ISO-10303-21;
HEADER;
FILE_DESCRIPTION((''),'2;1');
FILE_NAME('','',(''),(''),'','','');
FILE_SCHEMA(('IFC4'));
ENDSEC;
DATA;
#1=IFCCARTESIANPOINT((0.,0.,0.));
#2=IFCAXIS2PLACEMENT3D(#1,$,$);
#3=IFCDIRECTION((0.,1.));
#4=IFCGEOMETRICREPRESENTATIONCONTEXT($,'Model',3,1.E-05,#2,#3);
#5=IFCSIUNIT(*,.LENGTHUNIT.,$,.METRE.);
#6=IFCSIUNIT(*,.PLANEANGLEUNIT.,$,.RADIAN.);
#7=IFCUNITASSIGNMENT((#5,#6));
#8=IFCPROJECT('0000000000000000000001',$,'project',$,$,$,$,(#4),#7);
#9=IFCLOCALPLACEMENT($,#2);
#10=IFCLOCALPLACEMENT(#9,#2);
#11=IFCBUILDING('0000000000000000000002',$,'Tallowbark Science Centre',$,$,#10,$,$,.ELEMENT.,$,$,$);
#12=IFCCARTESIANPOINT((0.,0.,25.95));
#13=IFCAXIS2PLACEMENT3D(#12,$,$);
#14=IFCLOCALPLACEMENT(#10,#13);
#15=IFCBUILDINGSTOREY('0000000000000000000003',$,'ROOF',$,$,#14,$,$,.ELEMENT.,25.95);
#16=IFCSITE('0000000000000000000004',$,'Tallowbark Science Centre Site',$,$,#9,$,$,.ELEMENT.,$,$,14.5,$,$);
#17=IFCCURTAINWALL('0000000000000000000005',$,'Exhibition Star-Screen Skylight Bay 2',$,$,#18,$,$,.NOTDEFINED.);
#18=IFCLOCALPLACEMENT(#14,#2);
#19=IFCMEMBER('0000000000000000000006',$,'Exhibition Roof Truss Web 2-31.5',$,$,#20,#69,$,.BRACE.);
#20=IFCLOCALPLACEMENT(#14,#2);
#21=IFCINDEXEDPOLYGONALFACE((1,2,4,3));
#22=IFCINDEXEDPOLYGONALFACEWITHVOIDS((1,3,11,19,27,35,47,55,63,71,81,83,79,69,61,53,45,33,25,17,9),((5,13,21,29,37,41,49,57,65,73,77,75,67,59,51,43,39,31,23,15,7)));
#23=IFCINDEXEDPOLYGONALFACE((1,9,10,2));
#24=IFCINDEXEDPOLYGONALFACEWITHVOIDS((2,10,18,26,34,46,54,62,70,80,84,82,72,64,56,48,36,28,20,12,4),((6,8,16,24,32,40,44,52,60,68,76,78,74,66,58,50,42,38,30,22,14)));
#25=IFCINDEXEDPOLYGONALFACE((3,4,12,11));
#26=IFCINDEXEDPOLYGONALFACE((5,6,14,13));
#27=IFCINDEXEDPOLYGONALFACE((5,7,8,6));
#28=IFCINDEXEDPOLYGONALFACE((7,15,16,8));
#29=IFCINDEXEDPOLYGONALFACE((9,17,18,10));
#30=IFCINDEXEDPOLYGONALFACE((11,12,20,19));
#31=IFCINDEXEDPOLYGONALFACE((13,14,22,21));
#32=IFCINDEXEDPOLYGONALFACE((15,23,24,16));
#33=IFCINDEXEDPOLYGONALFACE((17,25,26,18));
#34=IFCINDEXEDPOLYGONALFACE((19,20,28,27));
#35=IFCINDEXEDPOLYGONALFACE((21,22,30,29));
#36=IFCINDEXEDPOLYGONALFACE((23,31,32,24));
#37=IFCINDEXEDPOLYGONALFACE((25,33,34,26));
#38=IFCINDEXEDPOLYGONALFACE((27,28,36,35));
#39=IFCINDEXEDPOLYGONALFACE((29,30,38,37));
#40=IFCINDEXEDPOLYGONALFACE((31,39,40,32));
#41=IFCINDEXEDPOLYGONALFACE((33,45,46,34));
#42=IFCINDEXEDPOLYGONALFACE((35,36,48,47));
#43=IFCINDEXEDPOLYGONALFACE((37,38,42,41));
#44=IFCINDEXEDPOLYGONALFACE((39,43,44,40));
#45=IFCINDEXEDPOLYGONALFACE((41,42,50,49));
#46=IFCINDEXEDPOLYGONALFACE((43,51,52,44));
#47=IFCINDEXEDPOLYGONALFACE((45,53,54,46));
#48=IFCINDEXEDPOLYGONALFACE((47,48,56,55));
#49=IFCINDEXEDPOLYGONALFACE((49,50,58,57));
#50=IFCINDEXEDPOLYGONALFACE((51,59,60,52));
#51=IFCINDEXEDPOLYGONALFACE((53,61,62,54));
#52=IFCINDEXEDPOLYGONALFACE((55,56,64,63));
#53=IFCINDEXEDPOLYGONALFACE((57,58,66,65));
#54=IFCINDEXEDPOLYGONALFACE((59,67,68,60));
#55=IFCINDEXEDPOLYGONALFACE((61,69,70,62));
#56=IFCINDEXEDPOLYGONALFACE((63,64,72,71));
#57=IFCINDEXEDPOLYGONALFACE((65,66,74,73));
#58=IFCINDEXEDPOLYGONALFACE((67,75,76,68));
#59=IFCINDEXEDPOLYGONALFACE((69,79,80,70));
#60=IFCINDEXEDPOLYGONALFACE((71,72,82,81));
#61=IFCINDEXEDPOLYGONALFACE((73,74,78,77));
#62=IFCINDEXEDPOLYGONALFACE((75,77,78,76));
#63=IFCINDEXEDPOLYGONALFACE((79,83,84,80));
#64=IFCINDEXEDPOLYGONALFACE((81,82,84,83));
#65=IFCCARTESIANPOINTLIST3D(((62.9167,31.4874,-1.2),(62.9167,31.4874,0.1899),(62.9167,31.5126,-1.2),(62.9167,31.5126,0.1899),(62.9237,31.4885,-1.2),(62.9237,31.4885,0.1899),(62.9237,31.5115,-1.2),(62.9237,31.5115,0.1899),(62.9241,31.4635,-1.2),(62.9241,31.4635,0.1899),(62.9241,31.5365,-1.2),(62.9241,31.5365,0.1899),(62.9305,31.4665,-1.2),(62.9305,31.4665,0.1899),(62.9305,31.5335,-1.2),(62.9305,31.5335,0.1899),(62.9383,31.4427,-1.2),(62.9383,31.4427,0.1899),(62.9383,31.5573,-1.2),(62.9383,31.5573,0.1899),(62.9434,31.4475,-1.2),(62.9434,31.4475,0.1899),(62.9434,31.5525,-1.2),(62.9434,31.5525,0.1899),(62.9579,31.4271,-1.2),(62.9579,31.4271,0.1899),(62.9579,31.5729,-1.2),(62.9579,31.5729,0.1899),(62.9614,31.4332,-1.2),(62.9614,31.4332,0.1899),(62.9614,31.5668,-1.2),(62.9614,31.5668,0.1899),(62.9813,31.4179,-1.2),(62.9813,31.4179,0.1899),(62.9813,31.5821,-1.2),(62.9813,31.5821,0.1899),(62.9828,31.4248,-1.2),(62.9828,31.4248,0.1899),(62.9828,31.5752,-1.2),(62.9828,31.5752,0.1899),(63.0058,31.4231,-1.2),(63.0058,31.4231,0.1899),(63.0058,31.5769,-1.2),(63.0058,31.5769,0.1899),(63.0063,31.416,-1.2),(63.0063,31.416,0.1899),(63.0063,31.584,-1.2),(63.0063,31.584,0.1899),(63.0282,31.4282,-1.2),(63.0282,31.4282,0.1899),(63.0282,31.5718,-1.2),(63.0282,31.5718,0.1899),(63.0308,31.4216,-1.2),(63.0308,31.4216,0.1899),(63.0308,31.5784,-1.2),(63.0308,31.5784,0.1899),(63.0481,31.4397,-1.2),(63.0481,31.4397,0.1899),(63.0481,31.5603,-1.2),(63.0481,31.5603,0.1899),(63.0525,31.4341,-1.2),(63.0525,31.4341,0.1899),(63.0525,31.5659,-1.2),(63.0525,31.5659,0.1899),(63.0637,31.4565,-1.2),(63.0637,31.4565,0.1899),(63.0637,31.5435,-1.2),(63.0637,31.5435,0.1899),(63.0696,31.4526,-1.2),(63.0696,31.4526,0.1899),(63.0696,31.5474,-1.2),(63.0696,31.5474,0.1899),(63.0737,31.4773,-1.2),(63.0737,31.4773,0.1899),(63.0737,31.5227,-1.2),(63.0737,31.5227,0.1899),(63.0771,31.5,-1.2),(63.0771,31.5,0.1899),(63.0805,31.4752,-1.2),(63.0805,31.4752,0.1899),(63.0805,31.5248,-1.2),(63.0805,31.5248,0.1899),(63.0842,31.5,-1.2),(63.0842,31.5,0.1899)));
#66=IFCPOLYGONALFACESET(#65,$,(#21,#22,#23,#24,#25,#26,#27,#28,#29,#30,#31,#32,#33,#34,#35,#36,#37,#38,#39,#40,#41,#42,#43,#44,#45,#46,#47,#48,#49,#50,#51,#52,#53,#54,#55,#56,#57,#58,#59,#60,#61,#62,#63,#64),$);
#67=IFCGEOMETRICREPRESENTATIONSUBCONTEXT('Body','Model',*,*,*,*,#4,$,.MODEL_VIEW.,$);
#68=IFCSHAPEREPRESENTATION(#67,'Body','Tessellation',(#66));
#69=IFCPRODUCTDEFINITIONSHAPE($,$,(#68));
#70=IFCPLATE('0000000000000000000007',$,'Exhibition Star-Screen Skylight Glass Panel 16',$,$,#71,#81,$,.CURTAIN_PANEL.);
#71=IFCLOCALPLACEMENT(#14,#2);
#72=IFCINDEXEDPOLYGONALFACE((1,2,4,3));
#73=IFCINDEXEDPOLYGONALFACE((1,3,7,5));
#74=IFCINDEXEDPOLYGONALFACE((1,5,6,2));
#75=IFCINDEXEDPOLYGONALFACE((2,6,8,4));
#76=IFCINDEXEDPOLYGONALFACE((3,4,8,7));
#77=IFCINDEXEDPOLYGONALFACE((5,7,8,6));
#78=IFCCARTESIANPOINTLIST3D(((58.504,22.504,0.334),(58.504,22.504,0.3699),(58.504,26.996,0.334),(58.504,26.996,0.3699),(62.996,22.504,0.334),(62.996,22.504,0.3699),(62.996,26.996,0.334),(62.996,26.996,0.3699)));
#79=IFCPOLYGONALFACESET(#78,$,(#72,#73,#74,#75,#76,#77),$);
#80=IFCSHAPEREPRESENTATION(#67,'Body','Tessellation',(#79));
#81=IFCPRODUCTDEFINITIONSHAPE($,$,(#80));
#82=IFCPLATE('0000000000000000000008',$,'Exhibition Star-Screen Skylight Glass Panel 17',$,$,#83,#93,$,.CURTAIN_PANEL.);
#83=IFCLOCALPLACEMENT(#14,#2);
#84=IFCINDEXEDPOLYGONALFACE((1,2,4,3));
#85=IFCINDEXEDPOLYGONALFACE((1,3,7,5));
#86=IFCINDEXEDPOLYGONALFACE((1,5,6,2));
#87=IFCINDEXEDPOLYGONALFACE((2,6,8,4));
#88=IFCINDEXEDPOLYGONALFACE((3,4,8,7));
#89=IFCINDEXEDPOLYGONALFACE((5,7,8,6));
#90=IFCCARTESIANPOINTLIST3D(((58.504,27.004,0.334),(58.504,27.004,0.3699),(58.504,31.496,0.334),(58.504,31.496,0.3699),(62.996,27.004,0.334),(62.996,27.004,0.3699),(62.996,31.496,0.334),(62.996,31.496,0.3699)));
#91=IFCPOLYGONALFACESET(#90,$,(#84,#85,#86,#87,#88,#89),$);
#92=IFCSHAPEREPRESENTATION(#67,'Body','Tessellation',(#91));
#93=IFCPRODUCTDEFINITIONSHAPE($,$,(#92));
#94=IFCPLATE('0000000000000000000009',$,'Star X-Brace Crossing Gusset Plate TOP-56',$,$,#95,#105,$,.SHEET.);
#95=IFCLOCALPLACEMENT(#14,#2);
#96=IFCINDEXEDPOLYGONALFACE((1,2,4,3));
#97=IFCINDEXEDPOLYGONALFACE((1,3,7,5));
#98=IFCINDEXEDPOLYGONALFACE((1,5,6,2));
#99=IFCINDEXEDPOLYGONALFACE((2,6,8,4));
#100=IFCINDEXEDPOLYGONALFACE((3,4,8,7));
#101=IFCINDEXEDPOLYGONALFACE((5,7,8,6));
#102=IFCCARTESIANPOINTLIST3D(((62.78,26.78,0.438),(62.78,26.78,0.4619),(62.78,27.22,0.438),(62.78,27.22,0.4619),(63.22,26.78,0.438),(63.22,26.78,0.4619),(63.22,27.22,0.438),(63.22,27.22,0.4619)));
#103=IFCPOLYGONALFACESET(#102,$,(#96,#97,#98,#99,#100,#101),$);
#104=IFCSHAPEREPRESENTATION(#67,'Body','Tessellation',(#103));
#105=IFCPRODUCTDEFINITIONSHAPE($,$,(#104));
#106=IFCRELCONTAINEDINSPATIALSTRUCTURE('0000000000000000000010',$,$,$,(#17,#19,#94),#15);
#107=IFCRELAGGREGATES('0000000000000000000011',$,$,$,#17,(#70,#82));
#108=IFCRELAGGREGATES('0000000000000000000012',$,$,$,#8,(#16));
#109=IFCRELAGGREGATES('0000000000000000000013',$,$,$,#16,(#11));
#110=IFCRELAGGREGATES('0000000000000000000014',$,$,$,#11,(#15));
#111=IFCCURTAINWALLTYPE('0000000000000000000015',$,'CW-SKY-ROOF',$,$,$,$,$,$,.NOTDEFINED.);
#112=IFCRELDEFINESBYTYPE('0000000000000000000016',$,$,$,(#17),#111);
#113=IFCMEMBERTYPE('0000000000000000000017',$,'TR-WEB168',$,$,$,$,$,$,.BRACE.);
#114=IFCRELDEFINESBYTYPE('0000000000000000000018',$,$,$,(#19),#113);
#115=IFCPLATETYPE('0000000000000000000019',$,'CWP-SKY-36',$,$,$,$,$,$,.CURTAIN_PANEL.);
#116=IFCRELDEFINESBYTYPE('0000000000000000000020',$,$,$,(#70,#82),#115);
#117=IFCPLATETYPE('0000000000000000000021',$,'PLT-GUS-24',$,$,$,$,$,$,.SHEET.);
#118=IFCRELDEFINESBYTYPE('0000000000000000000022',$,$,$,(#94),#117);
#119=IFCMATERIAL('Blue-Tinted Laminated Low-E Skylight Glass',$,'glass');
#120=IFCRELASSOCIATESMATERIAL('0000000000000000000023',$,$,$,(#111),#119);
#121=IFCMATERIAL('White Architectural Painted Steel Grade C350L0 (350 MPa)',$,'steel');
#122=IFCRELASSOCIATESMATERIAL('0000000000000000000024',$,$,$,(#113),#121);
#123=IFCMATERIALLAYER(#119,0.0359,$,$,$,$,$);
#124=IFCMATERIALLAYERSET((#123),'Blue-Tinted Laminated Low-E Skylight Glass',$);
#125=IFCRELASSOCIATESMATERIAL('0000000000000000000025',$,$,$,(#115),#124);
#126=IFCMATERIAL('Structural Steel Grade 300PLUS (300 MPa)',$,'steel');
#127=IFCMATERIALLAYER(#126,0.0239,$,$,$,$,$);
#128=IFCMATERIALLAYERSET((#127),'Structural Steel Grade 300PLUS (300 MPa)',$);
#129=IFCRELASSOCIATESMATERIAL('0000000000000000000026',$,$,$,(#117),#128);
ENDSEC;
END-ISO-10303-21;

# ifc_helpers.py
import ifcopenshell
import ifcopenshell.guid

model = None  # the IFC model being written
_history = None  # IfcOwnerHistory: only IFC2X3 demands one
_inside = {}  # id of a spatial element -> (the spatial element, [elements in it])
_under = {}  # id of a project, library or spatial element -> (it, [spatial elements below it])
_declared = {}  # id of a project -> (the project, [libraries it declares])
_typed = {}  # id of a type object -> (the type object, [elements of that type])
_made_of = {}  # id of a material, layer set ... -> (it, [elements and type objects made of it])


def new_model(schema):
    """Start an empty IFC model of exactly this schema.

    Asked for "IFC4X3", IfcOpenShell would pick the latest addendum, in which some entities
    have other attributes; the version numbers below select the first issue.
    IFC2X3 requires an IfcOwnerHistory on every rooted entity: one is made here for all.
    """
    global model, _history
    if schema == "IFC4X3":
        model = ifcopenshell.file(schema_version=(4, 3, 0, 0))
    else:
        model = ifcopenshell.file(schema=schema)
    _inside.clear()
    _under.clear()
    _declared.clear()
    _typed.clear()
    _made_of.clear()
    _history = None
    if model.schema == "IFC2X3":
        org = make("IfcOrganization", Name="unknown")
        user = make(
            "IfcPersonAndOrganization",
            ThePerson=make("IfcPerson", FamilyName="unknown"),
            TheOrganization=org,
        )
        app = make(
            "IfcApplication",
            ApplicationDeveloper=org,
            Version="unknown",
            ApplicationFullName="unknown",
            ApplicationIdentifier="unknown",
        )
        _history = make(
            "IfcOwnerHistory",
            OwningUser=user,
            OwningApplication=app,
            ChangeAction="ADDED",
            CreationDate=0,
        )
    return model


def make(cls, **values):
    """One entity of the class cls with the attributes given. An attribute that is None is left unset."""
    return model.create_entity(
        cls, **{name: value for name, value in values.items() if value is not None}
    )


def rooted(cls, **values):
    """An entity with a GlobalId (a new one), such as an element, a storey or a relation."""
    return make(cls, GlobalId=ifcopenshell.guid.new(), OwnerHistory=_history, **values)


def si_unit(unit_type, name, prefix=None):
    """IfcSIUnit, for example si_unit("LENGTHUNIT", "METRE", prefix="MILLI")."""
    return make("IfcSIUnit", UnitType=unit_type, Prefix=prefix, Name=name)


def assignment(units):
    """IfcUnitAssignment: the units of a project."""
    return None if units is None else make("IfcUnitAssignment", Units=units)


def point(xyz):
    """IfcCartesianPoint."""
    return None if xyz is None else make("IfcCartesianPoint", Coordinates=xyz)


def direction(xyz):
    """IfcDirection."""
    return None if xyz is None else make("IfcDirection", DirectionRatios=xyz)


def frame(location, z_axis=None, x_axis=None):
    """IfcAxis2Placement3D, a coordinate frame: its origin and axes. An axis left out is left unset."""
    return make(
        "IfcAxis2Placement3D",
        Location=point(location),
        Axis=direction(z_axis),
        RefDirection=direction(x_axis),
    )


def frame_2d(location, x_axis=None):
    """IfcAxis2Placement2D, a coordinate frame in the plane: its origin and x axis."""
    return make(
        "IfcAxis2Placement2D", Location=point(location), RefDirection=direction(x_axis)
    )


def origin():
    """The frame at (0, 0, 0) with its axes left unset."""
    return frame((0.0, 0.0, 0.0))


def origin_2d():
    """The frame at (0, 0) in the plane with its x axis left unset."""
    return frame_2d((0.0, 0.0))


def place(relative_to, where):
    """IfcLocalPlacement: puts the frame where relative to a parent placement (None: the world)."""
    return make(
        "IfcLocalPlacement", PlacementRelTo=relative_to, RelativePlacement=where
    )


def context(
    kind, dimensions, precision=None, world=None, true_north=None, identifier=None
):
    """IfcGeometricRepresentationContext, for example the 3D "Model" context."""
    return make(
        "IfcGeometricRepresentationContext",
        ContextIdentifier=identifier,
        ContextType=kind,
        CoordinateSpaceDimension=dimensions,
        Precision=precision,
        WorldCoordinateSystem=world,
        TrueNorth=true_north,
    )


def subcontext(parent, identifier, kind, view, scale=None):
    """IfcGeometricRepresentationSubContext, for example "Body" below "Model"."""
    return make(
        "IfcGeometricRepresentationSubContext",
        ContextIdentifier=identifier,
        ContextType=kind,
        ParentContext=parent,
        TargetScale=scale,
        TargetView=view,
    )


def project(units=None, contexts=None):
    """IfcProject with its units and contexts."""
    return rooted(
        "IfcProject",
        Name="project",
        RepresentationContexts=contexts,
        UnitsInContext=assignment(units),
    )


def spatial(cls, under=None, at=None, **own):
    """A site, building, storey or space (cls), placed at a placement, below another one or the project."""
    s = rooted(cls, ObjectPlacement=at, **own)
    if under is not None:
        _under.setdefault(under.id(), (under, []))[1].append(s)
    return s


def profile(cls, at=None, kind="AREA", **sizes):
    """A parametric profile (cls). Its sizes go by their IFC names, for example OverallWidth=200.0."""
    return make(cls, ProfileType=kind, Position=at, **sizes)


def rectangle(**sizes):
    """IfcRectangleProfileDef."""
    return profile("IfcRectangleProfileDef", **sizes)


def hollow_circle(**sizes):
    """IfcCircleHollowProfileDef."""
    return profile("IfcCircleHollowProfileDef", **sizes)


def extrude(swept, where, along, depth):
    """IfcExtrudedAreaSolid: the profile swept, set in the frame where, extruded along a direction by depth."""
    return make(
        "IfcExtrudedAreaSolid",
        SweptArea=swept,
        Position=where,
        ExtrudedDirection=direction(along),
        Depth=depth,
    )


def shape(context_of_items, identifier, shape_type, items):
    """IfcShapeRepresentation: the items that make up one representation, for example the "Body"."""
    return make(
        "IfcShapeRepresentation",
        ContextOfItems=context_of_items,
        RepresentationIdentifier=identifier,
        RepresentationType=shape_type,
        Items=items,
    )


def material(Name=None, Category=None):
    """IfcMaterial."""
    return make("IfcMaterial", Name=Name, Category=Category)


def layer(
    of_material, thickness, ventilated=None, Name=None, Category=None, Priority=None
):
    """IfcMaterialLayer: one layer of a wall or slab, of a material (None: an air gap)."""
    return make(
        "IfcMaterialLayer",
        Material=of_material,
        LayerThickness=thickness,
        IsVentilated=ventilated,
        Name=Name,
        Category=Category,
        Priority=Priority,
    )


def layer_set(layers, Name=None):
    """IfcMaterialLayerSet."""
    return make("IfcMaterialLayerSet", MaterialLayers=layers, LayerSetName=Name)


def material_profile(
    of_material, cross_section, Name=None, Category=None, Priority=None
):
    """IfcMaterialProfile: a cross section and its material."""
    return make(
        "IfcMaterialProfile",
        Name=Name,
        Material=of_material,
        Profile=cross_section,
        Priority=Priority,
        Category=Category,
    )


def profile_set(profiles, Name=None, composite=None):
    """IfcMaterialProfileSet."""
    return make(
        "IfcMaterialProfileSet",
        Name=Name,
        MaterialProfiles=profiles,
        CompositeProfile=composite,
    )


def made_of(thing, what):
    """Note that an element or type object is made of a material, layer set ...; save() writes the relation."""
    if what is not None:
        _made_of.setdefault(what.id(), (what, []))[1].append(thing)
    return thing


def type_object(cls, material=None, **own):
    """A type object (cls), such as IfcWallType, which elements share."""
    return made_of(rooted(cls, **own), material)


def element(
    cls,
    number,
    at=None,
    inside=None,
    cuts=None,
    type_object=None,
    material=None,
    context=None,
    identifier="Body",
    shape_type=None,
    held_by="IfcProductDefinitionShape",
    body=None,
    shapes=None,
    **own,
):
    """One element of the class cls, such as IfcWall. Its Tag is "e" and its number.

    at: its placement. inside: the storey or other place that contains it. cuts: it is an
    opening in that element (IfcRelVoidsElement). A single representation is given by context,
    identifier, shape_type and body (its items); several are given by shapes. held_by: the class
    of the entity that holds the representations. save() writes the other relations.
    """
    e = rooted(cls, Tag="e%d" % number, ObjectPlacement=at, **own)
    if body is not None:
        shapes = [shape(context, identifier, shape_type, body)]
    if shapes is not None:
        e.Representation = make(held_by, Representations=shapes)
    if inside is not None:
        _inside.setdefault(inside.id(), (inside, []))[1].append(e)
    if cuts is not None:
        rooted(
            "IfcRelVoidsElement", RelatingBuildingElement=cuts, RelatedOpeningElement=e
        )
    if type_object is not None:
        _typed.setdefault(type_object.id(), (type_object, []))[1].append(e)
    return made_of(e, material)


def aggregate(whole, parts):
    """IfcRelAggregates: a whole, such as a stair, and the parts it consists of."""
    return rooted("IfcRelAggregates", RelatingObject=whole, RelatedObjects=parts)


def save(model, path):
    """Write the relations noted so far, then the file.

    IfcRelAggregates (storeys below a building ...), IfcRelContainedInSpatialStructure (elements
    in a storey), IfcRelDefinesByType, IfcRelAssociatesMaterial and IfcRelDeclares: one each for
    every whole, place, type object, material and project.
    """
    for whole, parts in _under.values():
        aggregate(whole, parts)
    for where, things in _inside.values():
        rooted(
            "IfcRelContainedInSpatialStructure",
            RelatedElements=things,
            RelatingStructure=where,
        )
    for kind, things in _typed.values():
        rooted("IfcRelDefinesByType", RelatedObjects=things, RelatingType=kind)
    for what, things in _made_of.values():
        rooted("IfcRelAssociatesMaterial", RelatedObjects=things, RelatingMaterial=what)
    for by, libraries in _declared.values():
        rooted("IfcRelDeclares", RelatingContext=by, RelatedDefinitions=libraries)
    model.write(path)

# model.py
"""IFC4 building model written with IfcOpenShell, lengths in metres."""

from ifc_helpers import new_model, si_unit, direction, frame, origin, origin_2d, place, context, subcontext, project, spatial, rectangle, hollow_circle, extrude, material, layer, layer_set, material_profile, profile_set, type_object, element, aggregate, save


model = new_model("IFC4")

# Units and contexts
model_context = context("Model", 3, precision=1e-05, world=origin(), true_north=direction((0.0, 1.0)))
body_context = subcontext(model_context, "Body", "Model", "MODEL_VIEW")
ifc_project = project(units=[si_unit("LENGTHUNIT", "METRE"), si_unit("PLANEANGLEUNIT", "RADIAN")], contexts=[model_context])

# Site, building, storey
site_placement = place(None, origin())
site = spatial("IfcSite", under=ifc_project, at=site_placement, Name="Tallowbark Science Centre Site", CompositionType="ELEMENT", RefElevation=14.5)
building_placement = place(site_placement, origin())
building = spatial("IfcBuilding", under=site, at=building_placement, Name="Tallowbark Science Centre", CompositionType="ELEMENT")
storey_placement = place(building_placement, frame((0.0, 0.0, 25.95)))
storey = spatial("IfcBuildingStorey", under=building, at=storey_placement, Name="ROOF", CompositionType="ELEMENT", Elevation=25.95)

# Shared definitions
ifc_material_1 = material(Name="White Architectural Painted Steel Grade C350L0 (350 MPa)", Category="steel")

# Curtain wall
ifc_material_2 = material(Name="Blue-Tinted Laminated Low-E Skylight Glass", Category="glass")
curtain_wall_type = type_object("IfcCurtainWallType", Name="CW-SKY-ROOF", PredefinedType="NOTDEFINED", material=ifc_material_2)
curtain_wall_1_placement = place(storey_placement, origin())
curtain_wall_1 = element("IfcCurtainWall", 1, at=curtain_wall_1_placement, inside=storey, type_object=curtain_wall_type, Name="Exhibition Star-Screen Skylight Bay 2", PredefinedType="NOTDEFINED")

# Member
ifc_material_profile_1 = material_profile(ifc_material_1, hollow_circle(Radius=0.0842, WallThickness=0.0071, at=origin_2d()), Name="168.3x7.1CHS")
ifc_profile_set_1 = profile_set([ifc_material_profile_1], Name="White Architectural Painted Steel Grade C350L0 (350 MPa)")
member_type_1 = type_object("IfcMemberType", Name="TR-WEB168", PredefinedType="BRACE", material=ifc_profile_set_1)
for number, where, z_axis, x_axis, name in (
    (2, (63.0, 31.5, -1.2), (0.0, 0.0, 1.0), (1.0, 0.0, 0.0), "Exhibition Roof Truss Web 2-31.5"),
):
    element("IfcMember", number, at=place(storey_placement, frame(where, z_axis=z_axis, x_axis=x_axis)), inside=storey, type_object=member_type_1, Name=name, PredefinedType="BRACE", context=body_context, shape_type="SweptSolid", body=[
        extrude(hollow_circle(Radius=0.0842, WallThickness=0.0071, at=origin_2d()), origin(), (0.0, 0.0, 1.0), 1.3899),
    ])

# Plates
ifc_layer_1 = layer(ifc_material_2, 0.0359)
ifc_layer_set_1 = layer_set([ifc_layer_1], Name="Blue-Tinted Laminated Low-E Skylight Glass")
plate_type_1 = type_object("IfcPlateType", Name="CWP-SKY-36", PredefinedType="CURTAIN_PANEL", material=ifc_layer_set_1)
plate_1_placement = place(storey_placement, frame((60.75, 24.75, 0.334), z_axis=(0.0, 0.0, 1.0), x_axis=(1.0, 0.0, 0.0)))
plate_1 = element("IfcPlate", 3, at=plate_1_placement, type_object=plate_type_1, Name="Exhibition Star-Screen Skylight Glass Panel 16", PredefinedType="CURTAIN_PANEL", context=body_context, shape_type="SweptSolid", body=[
    extrude(rectangle(XDim=4.4919, YDim=4.4919, at=origin_2d()), origin(), (0.0, 0.0, 1.0), 0.0359),
])
plate_2_placement = place(storey_placement, frame((60.75, 29.25, 0.334), z_axis=(0.0, 0.0, 1.0), x_axis=(1.0, 0.0, 0.0)))
plate_2 = element("IfcPlate", 4, at=plate_2_placement, type_object=plate_type_1, Name="Exhibition Star-Screen Skylight Glass Panel 17", PredefinedType="CURTAIN_PANEL", context=body_context, shape_type="SweptSolid", body=[
    extrude(rectangle(XDim=4.4919, YDim=4.4919, at=origin_2d()), origin(), (0.0, 0.0, 1.0), 0.0359),
])
aggregate(curtain_wall_1, [plate_1, plate_2])
ifc_material_3 = material(Name="Structural Steel Grade 300PLUS (300 MPa)", Category="steel")
ifc_layer_2 = layer(ifc_material_3, 0.0239)
ifc_layer_set_2 = layer_set([ifc_layer_2], Name="Structural Steel Grade 300PLUS (300 MPa)")
plate_type_2 = type_object("IfcPlateType", Name="PLT-GUS-24", PredefinedType="SHEET", material=ifc_layer_set_2)
plate_3_placement = place(storey_placement, frame((63.0, 27.0, 0.438), z_axis=(0.0, 0.0, 1.0), x_axis=(1.0, 0.0, 0.0)))
element("IfcPlate", 5, at=plate_3_placement, inside=storey, type_object=plate_type_2, Name="Star X-Brace Crossing Gusset Plate TOP-56", PredefinedType="SHEET", context=body_context, shape_type="SweptSolid", body=[
    extrude(rectangle(XDim=0.4399, YDim=0.4399, at=origin_2d()), origin(), (0.0, 0.0, 1.0), 0.0239),
])

save(model, "model.ifc")
